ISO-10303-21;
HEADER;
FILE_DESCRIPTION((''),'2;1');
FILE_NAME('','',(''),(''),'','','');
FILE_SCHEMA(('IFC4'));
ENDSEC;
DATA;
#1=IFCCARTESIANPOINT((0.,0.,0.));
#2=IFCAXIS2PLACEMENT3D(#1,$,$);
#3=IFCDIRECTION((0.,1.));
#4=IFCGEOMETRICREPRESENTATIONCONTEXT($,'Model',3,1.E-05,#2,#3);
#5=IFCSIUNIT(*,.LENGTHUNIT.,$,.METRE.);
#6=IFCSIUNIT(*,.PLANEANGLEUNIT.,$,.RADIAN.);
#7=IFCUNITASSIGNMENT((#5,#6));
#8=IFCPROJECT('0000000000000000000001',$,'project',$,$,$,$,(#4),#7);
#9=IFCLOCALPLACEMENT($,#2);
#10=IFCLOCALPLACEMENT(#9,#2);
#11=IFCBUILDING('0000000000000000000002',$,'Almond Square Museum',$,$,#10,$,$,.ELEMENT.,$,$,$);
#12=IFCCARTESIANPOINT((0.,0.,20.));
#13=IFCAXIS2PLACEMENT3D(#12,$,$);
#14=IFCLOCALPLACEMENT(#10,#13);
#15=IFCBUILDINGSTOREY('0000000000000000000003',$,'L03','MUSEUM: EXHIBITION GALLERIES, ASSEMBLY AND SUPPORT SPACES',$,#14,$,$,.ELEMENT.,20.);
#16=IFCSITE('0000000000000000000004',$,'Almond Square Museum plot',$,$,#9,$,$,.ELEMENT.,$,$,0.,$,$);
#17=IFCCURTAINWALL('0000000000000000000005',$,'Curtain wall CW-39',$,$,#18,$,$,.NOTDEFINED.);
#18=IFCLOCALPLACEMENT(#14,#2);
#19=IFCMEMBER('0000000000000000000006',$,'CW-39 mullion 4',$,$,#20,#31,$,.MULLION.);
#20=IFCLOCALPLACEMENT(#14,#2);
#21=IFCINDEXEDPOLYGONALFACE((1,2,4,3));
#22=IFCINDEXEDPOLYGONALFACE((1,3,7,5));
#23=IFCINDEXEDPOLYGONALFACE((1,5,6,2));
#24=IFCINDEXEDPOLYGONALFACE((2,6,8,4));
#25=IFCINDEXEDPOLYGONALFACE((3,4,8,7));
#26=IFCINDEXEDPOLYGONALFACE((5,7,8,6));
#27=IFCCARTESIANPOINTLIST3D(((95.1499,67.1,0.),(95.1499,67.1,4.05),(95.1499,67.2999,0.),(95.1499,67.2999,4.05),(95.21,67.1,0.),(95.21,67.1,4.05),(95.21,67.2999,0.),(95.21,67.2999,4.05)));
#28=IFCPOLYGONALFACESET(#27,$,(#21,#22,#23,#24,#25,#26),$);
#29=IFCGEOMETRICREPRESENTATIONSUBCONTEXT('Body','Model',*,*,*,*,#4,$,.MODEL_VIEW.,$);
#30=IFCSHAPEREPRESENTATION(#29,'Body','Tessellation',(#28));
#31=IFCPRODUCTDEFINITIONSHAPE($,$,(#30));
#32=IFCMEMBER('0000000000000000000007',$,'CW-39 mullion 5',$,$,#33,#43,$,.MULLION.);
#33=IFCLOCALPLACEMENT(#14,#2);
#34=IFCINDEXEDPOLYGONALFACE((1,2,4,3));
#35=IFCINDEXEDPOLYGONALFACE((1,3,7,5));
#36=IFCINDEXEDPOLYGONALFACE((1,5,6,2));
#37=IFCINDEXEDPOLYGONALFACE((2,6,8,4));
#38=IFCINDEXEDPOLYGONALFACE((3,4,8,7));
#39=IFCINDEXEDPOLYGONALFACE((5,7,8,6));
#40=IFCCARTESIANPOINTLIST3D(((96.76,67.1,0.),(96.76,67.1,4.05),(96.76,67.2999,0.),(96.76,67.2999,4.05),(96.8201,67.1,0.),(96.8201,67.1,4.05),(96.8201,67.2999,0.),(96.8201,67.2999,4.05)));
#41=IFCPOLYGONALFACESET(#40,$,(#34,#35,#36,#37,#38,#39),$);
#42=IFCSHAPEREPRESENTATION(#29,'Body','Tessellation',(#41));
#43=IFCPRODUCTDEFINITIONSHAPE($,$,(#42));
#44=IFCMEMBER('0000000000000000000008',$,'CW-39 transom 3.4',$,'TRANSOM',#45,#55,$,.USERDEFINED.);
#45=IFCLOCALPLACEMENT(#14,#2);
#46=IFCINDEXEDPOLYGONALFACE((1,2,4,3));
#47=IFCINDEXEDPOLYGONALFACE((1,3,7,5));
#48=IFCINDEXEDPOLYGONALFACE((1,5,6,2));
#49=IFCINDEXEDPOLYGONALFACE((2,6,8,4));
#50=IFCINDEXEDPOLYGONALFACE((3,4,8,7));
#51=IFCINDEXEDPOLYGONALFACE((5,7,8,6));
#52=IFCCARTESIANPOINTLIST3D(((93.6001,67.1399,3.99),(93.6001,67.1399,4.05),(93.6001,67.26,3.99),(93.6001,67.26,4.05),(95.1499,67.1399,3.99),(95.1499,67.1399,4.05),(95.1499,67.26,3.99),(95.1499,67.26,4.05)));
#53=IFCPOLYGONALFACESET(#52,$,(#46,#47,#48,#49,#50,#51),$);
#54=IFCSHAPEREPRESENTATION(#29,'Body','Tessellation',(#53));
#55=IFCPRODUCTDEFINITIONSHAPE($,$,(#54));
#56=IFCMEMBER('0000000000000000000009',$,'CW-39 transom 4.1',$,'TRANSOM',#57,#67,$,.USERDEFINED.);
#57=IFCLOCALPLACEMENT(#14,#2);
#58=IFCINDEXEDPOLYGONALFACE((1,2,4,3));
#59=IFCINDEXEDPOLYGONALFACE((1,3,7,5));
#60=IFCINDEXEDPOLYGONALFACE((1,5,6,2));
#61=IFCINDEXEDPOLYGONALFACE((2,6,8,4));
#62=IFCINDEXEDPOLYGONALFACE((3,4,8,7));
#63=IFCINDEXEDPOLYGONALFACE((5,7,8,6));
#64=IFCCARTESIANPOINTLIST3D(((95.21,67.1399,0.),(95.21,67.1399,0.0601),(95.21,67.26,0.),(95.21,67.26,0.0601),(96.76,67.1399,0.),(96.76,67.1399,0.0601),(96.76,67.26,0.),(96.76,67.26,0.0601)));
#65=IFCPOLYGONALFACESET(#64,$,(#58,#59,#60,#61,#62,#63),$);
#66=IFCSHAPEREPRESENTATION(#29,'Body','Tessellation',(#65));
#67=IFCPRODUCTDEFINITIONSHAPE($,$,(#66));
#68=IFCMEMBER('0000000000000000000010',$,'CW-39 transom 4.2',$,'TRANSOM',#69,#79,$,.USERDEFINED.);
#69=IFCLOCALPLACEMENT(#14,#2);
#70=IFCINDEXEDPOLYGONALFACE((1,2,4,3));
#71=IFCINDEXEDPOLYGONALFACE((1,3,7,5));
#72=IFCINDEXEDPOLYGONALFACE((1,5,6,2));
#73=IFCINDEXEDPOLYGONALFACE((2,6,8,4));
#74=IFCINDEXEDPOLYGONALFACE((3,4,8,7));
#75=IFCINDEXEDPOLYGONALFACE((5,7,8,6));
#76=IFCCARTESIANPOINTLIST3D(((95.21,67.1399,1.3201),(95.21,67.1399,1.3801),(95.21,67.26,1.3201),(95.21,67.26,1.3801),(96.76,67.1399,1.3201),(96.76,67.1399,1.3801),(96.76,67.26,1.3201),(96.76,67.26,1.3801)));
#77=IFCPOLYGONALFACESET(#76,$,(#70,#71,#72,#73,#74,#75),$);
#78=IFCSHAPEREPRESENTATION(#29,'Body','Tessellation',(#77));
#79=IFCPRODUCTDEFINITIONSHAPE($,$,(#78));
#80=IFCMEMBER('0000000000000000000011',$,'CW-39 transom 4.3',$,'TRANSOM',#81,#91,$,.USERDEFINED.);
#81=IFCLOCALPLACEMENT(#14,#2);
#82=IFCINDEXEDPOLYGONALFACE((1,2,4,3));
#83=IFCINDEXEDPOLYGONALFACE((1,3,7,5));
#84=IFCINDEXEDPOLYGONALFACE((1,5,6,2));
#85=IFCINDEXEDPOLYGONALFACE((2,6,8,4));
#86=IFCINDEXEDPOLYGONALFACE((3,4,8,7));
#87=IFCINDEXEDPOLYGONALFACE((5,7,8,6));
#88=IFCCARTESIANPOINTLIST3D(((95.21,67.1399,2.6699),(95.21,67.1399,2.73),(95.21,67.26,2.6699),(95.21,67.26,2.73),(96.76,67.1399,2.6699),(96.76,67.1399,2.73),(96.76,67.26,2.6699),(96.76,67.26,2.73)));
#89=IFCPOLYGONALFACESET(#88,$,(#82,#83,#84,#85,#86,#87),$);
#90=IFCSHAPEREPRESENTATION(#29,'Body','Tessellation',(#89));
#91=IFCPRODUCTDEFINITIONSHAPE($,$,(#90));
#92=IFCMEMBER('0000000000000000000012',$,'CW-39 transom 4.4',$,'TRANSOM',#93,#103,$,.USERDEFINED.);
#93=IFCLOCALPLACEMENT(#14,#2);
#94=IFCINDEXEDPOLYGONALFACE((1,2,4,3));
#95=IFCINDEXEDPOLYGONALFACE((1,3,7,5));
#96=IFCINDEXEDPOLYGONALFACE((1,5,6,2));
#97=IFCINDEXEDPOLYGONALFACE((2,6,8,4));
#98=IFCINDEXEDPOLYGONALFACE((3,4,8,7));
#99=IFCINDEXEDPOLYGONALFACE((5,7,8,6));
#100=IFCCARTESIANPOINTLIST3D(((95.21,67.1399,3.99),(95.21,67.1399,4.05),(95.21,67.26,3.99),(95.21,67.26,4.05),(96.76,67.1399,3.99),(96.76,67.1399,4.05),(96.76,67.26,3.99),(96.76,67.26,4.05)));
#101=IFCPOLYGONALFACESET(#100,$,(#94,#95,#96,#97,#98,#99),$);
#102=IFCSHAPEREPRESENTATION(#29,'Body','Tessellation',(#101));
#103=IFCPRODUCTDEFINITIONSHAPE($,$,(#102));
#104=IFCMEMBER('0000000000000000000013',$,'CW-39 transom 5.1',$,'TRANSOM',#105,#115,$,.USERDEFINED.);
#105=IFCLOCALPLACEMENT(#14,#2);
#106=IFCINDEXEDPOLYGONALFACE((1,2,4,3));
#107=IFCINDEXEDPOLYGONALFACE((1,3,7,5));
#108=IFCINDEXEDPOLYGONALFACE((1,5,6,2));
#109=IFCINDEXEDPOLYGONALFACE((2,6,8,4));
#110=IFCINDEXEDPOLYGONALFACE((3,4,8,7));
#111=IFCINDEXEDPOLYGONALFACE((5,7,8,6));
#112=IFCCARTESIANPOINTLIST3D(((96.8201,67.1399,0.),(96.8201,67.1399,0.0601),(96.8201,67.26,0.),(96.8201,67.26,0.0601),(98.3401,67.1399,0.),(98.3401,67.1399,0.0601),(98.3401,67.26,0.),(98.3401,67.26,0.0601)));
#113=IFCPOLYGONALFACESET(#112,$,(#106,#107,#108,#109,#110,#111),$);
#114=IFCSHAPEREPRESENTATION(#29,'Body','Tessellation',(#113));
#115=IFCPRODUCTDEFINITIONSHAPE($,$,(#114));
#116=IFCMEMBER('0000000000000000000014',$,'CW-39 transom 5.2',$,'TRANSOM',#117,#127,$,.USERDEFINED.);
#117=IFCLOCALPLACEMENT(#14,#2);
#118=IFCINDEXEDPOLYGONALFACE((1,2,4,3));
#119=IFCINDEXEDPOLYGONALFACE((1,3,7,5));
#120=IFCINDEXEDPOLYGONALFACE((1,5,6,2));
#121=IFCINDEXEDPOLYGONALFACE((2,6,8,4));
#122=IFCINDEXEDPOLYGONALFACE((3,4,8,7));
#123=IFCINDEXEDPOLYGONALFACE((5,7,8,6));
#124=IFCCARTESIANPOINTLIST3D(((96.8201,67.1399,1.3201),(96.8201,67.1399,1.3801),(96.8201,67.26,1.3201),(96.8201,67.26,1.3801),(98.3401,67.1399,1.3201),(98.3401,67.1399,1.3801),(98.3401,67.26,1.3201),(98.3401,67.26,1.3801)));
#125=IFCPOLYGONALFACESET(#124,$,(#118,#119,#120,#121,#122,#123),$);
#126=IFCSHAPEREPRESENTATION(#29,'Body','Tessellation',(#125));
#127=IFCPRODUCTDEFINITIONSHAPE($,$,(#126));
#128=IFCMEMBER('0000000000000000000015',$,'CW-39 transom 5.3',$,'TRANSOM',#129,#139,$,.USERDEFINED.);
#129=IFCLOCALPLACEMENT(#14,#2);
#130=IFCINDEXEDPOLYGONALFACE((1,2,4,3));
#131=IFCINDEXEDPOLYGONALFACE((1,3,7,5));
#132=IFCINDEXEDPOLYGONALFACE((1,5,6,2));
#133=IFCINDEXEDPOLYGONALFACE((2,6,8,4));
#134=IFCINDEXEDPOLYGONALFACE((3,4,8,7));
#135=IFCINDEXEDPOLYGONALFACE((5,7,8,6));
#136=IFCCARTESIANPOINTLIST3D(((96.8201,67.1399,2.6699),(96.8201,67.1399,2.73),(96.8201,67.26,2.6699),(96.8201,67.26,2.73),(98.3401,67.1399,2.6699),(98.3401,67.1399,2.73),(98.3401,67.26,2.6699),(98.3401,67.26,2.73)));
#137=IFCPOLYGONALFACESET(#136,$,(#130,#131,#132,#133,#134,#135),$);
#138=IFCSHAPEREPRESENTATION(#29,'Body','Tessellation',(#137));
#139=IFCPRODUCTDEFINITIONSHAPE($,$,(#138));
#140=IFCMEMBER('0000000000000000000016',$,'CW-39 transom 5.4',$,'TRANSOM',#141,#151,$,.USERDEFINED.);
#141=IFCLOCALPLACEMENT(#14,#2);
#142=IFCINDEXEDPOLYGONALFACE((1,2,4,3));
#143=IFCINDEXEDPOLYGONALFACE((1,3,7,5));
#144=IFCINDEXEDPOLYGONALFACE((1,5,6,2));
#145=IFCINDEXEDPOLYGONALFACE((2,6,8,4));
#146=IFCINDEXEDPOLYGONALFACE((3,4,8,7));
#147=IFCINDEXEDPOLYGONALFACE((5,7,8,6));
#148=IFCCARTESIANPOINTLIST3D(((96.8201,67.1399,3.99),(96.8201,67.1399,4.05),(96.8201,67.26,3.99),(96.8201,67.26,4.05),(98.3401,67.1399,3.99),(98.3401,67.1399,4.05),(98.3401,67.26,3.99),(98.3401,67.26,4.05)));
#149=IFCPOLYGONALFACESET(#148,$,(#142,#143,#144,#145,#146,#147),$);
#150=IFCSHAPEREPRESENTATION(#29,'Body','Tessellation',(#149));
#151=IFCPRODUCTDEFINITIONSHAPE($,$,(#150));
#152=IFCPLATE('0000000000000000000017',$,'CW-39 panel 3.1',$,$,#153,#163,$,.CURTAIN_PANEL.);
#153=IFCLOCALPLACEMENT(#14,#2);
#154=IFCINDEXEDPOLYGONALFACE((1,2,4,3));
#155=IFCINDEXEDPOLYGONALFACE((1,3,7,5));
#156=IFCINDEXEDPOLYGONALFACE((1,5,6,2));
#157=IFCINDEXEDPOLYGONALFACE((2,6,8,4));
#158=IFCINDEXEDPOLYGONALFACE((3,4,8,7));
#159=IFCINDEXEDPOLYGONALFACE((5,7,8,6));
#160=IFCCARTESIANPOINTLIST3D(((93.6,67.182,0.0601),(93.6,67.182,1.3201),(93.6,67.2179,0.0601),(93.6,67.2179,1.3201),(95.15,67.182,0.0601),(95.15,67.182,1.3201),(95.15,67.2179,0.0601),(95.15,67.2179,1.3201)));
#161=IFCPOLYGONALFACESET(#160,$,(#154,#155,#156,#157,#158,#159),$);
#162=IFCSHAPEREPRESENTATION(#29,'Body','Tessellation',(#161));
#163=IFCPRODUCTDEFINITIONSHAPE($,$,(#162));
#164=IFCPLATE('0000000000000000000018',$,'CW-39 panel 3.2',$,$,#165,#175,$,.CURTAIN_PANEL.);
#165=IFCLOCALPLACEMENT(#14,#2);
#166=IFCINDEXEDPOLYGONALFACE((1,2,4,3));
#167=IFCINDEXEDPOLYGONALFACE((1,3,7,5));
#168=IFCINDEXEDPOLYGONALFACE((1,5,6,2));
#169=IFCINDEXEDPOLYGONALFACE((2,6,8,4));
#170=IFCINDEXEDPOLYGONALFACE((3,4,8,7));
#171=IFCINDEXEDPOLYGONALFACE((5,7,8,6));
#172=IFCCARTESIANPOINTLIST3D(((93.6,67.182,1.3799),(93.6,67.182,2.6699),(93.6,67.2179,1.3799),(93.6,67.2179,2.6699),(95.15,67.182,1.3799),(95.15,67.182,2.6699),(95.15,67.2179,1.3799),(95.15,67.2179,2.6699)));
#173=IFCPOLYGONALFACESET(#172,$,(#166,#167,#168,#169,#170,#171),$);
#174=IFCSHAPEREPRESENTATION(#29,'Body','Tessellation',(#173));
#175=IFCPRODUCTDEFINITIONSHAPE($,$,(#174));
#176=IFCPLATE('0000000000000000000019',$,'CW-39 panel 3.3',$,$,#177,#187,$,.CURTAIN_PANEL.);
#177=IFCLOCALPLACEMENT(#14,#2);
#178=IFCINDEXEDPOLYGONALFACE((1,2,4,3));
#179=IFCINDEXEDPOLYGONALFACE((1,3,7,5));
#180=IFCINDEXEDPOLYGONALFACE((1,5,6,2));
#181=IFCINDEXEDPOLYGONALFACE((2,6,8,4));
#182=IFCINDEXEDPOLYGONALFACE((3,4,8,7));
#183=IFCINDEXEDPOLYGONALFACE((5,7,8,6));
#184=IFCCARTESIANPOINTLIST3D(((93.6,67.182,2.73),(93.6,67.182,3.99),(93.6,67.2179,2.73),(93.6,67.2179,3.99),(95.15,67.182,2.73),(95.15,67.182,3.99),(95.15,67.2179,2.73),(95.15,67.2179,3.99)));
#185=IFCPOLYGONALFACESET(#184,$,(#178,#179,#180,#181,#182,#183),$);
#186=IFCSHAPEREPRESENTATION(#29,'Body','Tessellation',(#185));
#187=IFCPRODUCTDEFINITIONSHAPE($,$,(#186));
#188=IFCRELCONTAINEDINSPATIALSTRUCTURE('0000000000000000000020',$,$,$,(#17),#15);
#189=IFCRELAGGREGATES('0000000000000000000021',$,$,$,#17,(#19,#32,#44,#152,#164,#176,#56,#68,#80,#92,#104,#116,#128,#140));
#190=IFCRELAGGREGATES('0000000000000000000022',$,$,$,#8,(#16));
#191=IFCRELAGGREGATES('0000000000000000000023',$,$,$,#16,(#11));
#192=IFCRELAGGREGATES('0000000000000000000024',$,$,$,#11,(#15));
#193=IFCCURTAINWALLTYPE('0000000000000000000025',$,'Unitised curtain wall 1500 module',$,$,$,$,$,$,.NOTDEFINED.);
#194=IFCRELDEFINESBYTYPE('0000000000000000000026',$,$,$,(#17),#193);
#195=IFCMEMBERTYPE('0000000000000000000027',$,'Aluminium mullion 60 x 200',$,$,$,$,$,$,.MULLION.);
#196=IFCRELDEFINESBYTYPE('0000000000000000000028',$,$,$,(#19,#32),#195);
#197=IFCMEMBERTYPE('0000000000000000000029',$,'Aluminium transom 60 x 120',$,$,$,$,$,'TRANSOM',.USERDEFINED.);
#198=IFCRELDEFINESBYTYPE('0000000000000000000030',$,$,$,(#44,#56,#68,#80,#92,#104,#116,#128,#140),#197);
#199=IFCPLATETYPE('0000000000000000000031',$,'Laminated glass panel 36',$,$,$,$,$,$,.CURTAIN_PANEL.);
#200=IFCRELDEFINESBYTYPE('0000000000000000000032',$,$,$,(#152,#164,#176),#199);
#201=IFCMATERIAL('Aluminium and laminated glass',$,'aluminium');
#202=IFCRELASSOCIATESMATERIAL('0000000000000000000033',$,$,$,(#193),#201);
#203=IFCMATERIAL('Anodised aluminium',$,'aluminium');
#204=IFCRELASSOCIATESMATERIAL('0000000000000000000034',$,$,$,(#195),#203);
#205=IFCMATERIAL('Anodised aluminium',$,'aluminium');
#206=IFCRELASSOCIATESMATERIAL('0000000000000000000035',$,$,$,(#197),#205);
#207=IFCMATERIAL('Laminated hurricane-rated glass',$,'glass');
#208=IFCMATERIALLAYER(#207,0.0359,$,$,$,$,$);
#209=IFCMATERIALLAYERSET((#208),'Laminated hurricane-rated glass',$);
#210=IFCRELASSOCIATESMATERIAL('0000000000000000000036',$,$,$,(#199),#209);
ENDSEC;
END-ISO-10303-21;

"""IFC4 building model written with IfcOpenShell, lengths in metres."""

from ifc_helpers import new_model, si_unit, direction, frame, origin, origin_2d, place, context, subcontext, project, spatial, rectangle, extrude, material, layer, layer_set, material_profile, profile_set, type_object, element, aggregate, save


model = new_model("IFC4")

# Units and contexts
model_context = context("Model", 3, precision=1e-05, world=origin(), true_north=direction((0.0, 1.0)))
body_context = subcontext(model_context, "Body", "Model", "MODEL_VIEW")
ifc_project = project(units=[si_unit("LENGTHUNIT", "METRE"), si_unit("PLANEANGLEUNIT", "RADIAN")], contexts=[model_context])

# Site, building, storey
site_placement = place(None, origin())
site = spatial("IfcSite", under=ifc_project, at=site_placement, Name="Almond Square Museum plot", CompositionType="ELEMENT", RefElevation=0.0)
building_placement = place(site_placement, origin())
building = spatial("IfcBuilding", under=site, at=building_placement, Name="Almond Square Museum", CompositionType="ELEMENT")
storey_placement = place(building_placement, frame((0.0, 0.0, 20.0)))
storey = spatial("IfcBuildingStorey", under=building, at=storey_placement, Name="L03", Description="MUSEUM: EXHIBITION GALLERIES, ASSEMBLY AND SUPPORT SPACES", CompositionType="ELEMENT", Elevation=20.0)

# Curtain wall, members, plates
ifc_material_1 = material(Name="Aluminium and laminated glass", Category="aluminium")
curtain_wall_type = type_object("IfcCurtainWallType", Name="Unitised curtain wall 1500 module", PredefinedType="NOTDEFINED", material=ifc_material_1)
curtain_wall_placement = place(storey_placement, origin())
curtain_wall = element("IfcCurtainWall", 1, at=curtain_wall_placement, inside=storey, type_object=curtain_wall_type, Name="Curtain wall CW-39", PredefinedType="NOTDEFINED")
ifc_material_2 = material(Name="Anodised aluminium", Category="aluminium")
ifc_material_profile_1 = material_profile(ifc_material_2, rectangle(XDim=0.2, YDim=0.0601, at=origin_2d()))
ifc_profile_set_1 = profile_set([ifc_material_profile_1], Name="Anodised aluminium")
member_type_1 = type_object("IfcMemberType", Name="Aluminium mullion 60 x 200", PredefinedType="MULLION", material=ifc_profile_set_1)
member_1_placement = place(storey_placement, frame((95.1799, 67.2, 0.0), z_axis=(0.0, 0.0, 1.0), x_axis=(0.0, 1.0, 0.0)))
member_1 = element("IfcMember", 2, at=member_1_placement, type_object=member_type_1, Name="CW-39 mullion 4", PredefinedType="MULLION", context=body_context, shape_type="SweptSolid", body=[
    extrude(rectangle(XDim=0.2, YDim=0.0601, at=origin_2d()), origin(), (0.0, 0.0, 1.0), 4.05),
])
member_2_placement = place(storey_placement, frame((96.79, 67.2, 0.0), z_axis=(0.0, 0.0, 1.0), x_axis=(0.0, 1.0, 0.0)))
member_2 = element("IfcMember", 3, at=member_2_placement, type_object=member_type_1, Name="CW-39 mullion 5", PredefinedType="MULLION", context=body_context, shape_type="SweptSolid", body=[
    extrude(rectangle(XDim=0.2, YDim=0.0601, at=origin_2d()), origin(), (0.0, 0.0, 1.0), 4.05),
])
ifc_material_3 = material(Name="Anodised aluminium", Category="aluminium")
ifc_material_profile_2 = material_profile(ifc_material_3, rectangle(XDim=0.1201, YDim=0.0601, at=origin_2d()))
ifc_profile_set_2 = profile_set([ifc_material_profile_2], Name="Anodised aluminium")
member_type_2 = type_object("IfcMemberType", Name="Aluminium transom 60 x 120", ElementType="TRANSOM", PredefinedType="USERDEFINED", material=ifc_profile_set_2)
member_3_placement = place(storey_placement, frame((93.6001, 67.2, 4.02), z_axis=(1.0, 0.0, 0.0), x_axis=(0.0, 1.0, 0.0)))
member_3 = element("IfcMember", 4, at=member_3_placement, type_object=member_type_2, Name="CW-39 transom 3.4", ObjectType="TRANSOM", PredefinedType="USERDEFINED", context=body_context, shape_type="SweptSolid", body=[
    extrude(rectangle(XDim=0.1201, YDim=0.0601, at=origin_2d()), origin(), (0.0, 0.0, 1.0), 1.5498),
])
member_4_placement = place(storey_placement, frame((95.21, 67.2, 0.03), z_axis=(1.0, 0.0, 0.0), x_axis=(0.0, 1.0, 0.0)))
member_4 = element("IfcMember", 5, at=member_4_placement, type_object=member_type_2, Name="CW-39 transom 4.1", ObjectType="TRANSOM", PredefinedType="USERDEFINED", context=body_context, shape_type="SweptSolid", body=[
    extrude(rectangle(XDim=0.1201, YDim=0.0601, at=origin_2d()), origin(), (0.0, 0.0, 1.0), 1.55),
])
member_5_placement = place(storey_placement, frame((95.21, 67.2, 1.3501), z_axis=(1.0, 0.0, 0.0), x_axis=(0.0, 1.0, 0.0)))
member_5 = element("IfcMember", 6, at=member_5_placement, type_object=member_type_2, Name="CW-39 transom 4.2", ObjectType="TRANSOM", PredefinedType="USERDEFINED", context=body_context, shape_type="SweptSolid", body=[
    extrude(rectangle(XDim=0.1201, YDim=0.0601, at=origin_2d()), origin(), (0.0, 0.0, 1.0), 1.55),
])
member_6_placement = place(storey_placement, frame((95.21, 67.2, 2.7), z_axis=(1.0, 0.0, 0.0), x_axis=(0.0, 1.0, 0.0)))
member_6 = element("IfcMember", 7, at=member_6_placement, type_object=member_type_2, Name="CW-39 transom 4.3", ObjectType="TRANSOM", PredefinedType="USERDEFINED", context=body_context, shape_type="SweptSolid", body=[
    extrude(rectangle(XDim=0.1201, YDim=0.0601, at=origin_2d()), origin(), (0.0, 0.0, 1.0), 1.55),
])
member_7_placement = place(storey_placement, frame((95.21, 67.2, 4.02), z_axis=(1.0, 0.0, 0.0), x_axis=(0.0, 1.0, 0.0)))
member_7 = element("IfcMember", 8, at=member_7_placement, type_object=member_type_2, Name="CW-39 transom 4.4", ObjectType="TRANSOM", PredefinedType="USERDEFINED", context=body_context, shape_type="SweptSolid", body=[
    extrude(rectangle(XDim=0.1201, YDim=0.0601, at=origin_2d()), origin(), (0.0, 0.0, 1.0), 1.55),
])
member_8_placement = place(storey_placement, frame((96.8201, 67.2, 0.03), z_axis=(1.0, 0.0, 0.0), x_axis=(0.0, 1.0, 0.0)))
member_8 = element("IfcMember", 9, at=member_8_placement, type_object=member_type_2, Name="CW-39 transom 5.1", ObjectType="TRANSOM", PredefinedType="USERDEFINED", context=body_context, shape_type="SweptSolid", body=[
    extrude(rectangle(XDim=0.1201, YDim=0.0601, at=origin_2d()), origin(), (0.0, 0.0, 1.0), 1.52),
])
member_9_placement = place(storey_placement, frame((96.8201, 67.2, 1.3501), z_axis=(1.0, 0.0, 0.0), x_axis=(0.0, 1.0, 0.0)))
member_9 = element("IfcMember", 10, at=member_9_placement, type_object=member_type_2, Name="CW-39 transom 5.2", ObjectType="TRANSOM", PredefinedType="USERDEFINED", context=body_context, shape_type="SweptSolid", body=[
    extrude(rectangle(XDim=0.1201, YDim=0.0601, at=origin_2d()), origin(), (0.0, 0.0, 1.0), 1.52),
])
member_10_placement = place(storey_placement, frame((96.8201, 67.2, 2.7), z_axis=(1.0, 0.0, 0.0), x_axis=(0.0, 1.0, 0.0)))
member_10 = element("IfcMember", 11, at=member_10_placement, type_object=member_type_2, Name="CW-39 transom 5.3", ObjectType="TRANSOM", PredefinedType="USERDEFINED", context=body_context, shape_type="SweptSolid", body=[
    extrude(rectangle(XDim=0.1201, YDim=0.0601, at=origin_2d()), origin(), (0.0, 0.0, 1.0), 1.52),
])
member_11_placement = place(storey_placement, frame((96.8201, 67.2, 4.02), z_axis=(1.0, 0.0, 0.0), x_axis=(0.0, 1.0, 0.0)))
member_11 = element("IfcMember", 12, at=member_11_placement, type_object=member_type_2, Name="CW-39 transom 5.4", ObjectType="TRANSOM", PredefinedType="USERDEFINED", context=body_context, shape_type="SweptSolid", body=[
    extrude(rectangle(XDim=0.1201, YDim=0.0601, at=origin_2d()), origin(), (0.0, 0.0, 1.0), 1.52),
])
ifc_material_4 = material(Name="Laminated hurricane-rated glass", Category="glass")
ifc_layer_1 = layer(ifc_material_4, 0.0359)
ifc_layer_set_1 = layer_set([ifc_layer_1], Name="Laminated hurricane-rated glass")
plate_type = type_object("IfcPlateType", Name="Laminated glass panel 36", PredefinedType="CURTAIN_PANEL", material=ifc_layer_set_1)
plate_1_placement = place(storey_placement, frame((94.375, 67.2, 0.0601), z_axis=(0.0, 0.0, 1.0), x_axis=(1.0, 0.0, 0.0)))
plate_1 = element("IfcPlate", 13, at=plate_1_placement, type_object=plate_type, Name="CW-39 panel 3.1", PredefinedType="CURTAIN_PANEL", context=body_context, shape_type="SweptSolid", body=[
    extrude(rectangle(XDim=1.55, YDim=0.0359, at=origin_2d()), origin(), (0.0, 0.0, 1.0), 1.26),
])
plate_2_placement = place(storey_placement, frame((94.375, 67.2, 1.3799), z_axis=(0.0, 0.0, 1.0), x_axis=(1.0, 0.0, 0.0)))
plate_2 = element("IfcPlate", 14, at=plate_2_placement, type_object=plate_type, Name="CW-39 panel 3.2", PredefinedType="CURTAIN_PANEL", context=body_context, shape_type="SweptSolid", body=[
    extrude(rectangle(XDim=1.55, YDim=0.0359, at=origin_2d()), origin(), (0.0, 0.0, 1.0), 1.29),
])
plate_3_placement = place(storey_placement, frame((94.375, 67.2, 2.73), z_axis=(0.0, 0.0, 1.0), x_axis=(1.0, 0.0, 0.0)))
plate_3 = element("IfcPlate", 15, at=plate_3_placement, type_object=plate_type, Name="CW-39 panel 3.3", PredefinedType="CURTAIN_PANEL", context=body_context, shape_type="SweptSolid", body=[
    extrude(rectangle(XDim=1.55, YDim=0.0359, at=origin_2d()), origin(), (0.0, 0.0, 1.0), 1.26),
])
aggregate(curtain_wall, [member_1, member_2, member_3, plate_1, plate_2, plate_3, member_4, member_5, member_6, member_7, member_8, member_9, member_10, member_11])

save(model, "model.ifc")
